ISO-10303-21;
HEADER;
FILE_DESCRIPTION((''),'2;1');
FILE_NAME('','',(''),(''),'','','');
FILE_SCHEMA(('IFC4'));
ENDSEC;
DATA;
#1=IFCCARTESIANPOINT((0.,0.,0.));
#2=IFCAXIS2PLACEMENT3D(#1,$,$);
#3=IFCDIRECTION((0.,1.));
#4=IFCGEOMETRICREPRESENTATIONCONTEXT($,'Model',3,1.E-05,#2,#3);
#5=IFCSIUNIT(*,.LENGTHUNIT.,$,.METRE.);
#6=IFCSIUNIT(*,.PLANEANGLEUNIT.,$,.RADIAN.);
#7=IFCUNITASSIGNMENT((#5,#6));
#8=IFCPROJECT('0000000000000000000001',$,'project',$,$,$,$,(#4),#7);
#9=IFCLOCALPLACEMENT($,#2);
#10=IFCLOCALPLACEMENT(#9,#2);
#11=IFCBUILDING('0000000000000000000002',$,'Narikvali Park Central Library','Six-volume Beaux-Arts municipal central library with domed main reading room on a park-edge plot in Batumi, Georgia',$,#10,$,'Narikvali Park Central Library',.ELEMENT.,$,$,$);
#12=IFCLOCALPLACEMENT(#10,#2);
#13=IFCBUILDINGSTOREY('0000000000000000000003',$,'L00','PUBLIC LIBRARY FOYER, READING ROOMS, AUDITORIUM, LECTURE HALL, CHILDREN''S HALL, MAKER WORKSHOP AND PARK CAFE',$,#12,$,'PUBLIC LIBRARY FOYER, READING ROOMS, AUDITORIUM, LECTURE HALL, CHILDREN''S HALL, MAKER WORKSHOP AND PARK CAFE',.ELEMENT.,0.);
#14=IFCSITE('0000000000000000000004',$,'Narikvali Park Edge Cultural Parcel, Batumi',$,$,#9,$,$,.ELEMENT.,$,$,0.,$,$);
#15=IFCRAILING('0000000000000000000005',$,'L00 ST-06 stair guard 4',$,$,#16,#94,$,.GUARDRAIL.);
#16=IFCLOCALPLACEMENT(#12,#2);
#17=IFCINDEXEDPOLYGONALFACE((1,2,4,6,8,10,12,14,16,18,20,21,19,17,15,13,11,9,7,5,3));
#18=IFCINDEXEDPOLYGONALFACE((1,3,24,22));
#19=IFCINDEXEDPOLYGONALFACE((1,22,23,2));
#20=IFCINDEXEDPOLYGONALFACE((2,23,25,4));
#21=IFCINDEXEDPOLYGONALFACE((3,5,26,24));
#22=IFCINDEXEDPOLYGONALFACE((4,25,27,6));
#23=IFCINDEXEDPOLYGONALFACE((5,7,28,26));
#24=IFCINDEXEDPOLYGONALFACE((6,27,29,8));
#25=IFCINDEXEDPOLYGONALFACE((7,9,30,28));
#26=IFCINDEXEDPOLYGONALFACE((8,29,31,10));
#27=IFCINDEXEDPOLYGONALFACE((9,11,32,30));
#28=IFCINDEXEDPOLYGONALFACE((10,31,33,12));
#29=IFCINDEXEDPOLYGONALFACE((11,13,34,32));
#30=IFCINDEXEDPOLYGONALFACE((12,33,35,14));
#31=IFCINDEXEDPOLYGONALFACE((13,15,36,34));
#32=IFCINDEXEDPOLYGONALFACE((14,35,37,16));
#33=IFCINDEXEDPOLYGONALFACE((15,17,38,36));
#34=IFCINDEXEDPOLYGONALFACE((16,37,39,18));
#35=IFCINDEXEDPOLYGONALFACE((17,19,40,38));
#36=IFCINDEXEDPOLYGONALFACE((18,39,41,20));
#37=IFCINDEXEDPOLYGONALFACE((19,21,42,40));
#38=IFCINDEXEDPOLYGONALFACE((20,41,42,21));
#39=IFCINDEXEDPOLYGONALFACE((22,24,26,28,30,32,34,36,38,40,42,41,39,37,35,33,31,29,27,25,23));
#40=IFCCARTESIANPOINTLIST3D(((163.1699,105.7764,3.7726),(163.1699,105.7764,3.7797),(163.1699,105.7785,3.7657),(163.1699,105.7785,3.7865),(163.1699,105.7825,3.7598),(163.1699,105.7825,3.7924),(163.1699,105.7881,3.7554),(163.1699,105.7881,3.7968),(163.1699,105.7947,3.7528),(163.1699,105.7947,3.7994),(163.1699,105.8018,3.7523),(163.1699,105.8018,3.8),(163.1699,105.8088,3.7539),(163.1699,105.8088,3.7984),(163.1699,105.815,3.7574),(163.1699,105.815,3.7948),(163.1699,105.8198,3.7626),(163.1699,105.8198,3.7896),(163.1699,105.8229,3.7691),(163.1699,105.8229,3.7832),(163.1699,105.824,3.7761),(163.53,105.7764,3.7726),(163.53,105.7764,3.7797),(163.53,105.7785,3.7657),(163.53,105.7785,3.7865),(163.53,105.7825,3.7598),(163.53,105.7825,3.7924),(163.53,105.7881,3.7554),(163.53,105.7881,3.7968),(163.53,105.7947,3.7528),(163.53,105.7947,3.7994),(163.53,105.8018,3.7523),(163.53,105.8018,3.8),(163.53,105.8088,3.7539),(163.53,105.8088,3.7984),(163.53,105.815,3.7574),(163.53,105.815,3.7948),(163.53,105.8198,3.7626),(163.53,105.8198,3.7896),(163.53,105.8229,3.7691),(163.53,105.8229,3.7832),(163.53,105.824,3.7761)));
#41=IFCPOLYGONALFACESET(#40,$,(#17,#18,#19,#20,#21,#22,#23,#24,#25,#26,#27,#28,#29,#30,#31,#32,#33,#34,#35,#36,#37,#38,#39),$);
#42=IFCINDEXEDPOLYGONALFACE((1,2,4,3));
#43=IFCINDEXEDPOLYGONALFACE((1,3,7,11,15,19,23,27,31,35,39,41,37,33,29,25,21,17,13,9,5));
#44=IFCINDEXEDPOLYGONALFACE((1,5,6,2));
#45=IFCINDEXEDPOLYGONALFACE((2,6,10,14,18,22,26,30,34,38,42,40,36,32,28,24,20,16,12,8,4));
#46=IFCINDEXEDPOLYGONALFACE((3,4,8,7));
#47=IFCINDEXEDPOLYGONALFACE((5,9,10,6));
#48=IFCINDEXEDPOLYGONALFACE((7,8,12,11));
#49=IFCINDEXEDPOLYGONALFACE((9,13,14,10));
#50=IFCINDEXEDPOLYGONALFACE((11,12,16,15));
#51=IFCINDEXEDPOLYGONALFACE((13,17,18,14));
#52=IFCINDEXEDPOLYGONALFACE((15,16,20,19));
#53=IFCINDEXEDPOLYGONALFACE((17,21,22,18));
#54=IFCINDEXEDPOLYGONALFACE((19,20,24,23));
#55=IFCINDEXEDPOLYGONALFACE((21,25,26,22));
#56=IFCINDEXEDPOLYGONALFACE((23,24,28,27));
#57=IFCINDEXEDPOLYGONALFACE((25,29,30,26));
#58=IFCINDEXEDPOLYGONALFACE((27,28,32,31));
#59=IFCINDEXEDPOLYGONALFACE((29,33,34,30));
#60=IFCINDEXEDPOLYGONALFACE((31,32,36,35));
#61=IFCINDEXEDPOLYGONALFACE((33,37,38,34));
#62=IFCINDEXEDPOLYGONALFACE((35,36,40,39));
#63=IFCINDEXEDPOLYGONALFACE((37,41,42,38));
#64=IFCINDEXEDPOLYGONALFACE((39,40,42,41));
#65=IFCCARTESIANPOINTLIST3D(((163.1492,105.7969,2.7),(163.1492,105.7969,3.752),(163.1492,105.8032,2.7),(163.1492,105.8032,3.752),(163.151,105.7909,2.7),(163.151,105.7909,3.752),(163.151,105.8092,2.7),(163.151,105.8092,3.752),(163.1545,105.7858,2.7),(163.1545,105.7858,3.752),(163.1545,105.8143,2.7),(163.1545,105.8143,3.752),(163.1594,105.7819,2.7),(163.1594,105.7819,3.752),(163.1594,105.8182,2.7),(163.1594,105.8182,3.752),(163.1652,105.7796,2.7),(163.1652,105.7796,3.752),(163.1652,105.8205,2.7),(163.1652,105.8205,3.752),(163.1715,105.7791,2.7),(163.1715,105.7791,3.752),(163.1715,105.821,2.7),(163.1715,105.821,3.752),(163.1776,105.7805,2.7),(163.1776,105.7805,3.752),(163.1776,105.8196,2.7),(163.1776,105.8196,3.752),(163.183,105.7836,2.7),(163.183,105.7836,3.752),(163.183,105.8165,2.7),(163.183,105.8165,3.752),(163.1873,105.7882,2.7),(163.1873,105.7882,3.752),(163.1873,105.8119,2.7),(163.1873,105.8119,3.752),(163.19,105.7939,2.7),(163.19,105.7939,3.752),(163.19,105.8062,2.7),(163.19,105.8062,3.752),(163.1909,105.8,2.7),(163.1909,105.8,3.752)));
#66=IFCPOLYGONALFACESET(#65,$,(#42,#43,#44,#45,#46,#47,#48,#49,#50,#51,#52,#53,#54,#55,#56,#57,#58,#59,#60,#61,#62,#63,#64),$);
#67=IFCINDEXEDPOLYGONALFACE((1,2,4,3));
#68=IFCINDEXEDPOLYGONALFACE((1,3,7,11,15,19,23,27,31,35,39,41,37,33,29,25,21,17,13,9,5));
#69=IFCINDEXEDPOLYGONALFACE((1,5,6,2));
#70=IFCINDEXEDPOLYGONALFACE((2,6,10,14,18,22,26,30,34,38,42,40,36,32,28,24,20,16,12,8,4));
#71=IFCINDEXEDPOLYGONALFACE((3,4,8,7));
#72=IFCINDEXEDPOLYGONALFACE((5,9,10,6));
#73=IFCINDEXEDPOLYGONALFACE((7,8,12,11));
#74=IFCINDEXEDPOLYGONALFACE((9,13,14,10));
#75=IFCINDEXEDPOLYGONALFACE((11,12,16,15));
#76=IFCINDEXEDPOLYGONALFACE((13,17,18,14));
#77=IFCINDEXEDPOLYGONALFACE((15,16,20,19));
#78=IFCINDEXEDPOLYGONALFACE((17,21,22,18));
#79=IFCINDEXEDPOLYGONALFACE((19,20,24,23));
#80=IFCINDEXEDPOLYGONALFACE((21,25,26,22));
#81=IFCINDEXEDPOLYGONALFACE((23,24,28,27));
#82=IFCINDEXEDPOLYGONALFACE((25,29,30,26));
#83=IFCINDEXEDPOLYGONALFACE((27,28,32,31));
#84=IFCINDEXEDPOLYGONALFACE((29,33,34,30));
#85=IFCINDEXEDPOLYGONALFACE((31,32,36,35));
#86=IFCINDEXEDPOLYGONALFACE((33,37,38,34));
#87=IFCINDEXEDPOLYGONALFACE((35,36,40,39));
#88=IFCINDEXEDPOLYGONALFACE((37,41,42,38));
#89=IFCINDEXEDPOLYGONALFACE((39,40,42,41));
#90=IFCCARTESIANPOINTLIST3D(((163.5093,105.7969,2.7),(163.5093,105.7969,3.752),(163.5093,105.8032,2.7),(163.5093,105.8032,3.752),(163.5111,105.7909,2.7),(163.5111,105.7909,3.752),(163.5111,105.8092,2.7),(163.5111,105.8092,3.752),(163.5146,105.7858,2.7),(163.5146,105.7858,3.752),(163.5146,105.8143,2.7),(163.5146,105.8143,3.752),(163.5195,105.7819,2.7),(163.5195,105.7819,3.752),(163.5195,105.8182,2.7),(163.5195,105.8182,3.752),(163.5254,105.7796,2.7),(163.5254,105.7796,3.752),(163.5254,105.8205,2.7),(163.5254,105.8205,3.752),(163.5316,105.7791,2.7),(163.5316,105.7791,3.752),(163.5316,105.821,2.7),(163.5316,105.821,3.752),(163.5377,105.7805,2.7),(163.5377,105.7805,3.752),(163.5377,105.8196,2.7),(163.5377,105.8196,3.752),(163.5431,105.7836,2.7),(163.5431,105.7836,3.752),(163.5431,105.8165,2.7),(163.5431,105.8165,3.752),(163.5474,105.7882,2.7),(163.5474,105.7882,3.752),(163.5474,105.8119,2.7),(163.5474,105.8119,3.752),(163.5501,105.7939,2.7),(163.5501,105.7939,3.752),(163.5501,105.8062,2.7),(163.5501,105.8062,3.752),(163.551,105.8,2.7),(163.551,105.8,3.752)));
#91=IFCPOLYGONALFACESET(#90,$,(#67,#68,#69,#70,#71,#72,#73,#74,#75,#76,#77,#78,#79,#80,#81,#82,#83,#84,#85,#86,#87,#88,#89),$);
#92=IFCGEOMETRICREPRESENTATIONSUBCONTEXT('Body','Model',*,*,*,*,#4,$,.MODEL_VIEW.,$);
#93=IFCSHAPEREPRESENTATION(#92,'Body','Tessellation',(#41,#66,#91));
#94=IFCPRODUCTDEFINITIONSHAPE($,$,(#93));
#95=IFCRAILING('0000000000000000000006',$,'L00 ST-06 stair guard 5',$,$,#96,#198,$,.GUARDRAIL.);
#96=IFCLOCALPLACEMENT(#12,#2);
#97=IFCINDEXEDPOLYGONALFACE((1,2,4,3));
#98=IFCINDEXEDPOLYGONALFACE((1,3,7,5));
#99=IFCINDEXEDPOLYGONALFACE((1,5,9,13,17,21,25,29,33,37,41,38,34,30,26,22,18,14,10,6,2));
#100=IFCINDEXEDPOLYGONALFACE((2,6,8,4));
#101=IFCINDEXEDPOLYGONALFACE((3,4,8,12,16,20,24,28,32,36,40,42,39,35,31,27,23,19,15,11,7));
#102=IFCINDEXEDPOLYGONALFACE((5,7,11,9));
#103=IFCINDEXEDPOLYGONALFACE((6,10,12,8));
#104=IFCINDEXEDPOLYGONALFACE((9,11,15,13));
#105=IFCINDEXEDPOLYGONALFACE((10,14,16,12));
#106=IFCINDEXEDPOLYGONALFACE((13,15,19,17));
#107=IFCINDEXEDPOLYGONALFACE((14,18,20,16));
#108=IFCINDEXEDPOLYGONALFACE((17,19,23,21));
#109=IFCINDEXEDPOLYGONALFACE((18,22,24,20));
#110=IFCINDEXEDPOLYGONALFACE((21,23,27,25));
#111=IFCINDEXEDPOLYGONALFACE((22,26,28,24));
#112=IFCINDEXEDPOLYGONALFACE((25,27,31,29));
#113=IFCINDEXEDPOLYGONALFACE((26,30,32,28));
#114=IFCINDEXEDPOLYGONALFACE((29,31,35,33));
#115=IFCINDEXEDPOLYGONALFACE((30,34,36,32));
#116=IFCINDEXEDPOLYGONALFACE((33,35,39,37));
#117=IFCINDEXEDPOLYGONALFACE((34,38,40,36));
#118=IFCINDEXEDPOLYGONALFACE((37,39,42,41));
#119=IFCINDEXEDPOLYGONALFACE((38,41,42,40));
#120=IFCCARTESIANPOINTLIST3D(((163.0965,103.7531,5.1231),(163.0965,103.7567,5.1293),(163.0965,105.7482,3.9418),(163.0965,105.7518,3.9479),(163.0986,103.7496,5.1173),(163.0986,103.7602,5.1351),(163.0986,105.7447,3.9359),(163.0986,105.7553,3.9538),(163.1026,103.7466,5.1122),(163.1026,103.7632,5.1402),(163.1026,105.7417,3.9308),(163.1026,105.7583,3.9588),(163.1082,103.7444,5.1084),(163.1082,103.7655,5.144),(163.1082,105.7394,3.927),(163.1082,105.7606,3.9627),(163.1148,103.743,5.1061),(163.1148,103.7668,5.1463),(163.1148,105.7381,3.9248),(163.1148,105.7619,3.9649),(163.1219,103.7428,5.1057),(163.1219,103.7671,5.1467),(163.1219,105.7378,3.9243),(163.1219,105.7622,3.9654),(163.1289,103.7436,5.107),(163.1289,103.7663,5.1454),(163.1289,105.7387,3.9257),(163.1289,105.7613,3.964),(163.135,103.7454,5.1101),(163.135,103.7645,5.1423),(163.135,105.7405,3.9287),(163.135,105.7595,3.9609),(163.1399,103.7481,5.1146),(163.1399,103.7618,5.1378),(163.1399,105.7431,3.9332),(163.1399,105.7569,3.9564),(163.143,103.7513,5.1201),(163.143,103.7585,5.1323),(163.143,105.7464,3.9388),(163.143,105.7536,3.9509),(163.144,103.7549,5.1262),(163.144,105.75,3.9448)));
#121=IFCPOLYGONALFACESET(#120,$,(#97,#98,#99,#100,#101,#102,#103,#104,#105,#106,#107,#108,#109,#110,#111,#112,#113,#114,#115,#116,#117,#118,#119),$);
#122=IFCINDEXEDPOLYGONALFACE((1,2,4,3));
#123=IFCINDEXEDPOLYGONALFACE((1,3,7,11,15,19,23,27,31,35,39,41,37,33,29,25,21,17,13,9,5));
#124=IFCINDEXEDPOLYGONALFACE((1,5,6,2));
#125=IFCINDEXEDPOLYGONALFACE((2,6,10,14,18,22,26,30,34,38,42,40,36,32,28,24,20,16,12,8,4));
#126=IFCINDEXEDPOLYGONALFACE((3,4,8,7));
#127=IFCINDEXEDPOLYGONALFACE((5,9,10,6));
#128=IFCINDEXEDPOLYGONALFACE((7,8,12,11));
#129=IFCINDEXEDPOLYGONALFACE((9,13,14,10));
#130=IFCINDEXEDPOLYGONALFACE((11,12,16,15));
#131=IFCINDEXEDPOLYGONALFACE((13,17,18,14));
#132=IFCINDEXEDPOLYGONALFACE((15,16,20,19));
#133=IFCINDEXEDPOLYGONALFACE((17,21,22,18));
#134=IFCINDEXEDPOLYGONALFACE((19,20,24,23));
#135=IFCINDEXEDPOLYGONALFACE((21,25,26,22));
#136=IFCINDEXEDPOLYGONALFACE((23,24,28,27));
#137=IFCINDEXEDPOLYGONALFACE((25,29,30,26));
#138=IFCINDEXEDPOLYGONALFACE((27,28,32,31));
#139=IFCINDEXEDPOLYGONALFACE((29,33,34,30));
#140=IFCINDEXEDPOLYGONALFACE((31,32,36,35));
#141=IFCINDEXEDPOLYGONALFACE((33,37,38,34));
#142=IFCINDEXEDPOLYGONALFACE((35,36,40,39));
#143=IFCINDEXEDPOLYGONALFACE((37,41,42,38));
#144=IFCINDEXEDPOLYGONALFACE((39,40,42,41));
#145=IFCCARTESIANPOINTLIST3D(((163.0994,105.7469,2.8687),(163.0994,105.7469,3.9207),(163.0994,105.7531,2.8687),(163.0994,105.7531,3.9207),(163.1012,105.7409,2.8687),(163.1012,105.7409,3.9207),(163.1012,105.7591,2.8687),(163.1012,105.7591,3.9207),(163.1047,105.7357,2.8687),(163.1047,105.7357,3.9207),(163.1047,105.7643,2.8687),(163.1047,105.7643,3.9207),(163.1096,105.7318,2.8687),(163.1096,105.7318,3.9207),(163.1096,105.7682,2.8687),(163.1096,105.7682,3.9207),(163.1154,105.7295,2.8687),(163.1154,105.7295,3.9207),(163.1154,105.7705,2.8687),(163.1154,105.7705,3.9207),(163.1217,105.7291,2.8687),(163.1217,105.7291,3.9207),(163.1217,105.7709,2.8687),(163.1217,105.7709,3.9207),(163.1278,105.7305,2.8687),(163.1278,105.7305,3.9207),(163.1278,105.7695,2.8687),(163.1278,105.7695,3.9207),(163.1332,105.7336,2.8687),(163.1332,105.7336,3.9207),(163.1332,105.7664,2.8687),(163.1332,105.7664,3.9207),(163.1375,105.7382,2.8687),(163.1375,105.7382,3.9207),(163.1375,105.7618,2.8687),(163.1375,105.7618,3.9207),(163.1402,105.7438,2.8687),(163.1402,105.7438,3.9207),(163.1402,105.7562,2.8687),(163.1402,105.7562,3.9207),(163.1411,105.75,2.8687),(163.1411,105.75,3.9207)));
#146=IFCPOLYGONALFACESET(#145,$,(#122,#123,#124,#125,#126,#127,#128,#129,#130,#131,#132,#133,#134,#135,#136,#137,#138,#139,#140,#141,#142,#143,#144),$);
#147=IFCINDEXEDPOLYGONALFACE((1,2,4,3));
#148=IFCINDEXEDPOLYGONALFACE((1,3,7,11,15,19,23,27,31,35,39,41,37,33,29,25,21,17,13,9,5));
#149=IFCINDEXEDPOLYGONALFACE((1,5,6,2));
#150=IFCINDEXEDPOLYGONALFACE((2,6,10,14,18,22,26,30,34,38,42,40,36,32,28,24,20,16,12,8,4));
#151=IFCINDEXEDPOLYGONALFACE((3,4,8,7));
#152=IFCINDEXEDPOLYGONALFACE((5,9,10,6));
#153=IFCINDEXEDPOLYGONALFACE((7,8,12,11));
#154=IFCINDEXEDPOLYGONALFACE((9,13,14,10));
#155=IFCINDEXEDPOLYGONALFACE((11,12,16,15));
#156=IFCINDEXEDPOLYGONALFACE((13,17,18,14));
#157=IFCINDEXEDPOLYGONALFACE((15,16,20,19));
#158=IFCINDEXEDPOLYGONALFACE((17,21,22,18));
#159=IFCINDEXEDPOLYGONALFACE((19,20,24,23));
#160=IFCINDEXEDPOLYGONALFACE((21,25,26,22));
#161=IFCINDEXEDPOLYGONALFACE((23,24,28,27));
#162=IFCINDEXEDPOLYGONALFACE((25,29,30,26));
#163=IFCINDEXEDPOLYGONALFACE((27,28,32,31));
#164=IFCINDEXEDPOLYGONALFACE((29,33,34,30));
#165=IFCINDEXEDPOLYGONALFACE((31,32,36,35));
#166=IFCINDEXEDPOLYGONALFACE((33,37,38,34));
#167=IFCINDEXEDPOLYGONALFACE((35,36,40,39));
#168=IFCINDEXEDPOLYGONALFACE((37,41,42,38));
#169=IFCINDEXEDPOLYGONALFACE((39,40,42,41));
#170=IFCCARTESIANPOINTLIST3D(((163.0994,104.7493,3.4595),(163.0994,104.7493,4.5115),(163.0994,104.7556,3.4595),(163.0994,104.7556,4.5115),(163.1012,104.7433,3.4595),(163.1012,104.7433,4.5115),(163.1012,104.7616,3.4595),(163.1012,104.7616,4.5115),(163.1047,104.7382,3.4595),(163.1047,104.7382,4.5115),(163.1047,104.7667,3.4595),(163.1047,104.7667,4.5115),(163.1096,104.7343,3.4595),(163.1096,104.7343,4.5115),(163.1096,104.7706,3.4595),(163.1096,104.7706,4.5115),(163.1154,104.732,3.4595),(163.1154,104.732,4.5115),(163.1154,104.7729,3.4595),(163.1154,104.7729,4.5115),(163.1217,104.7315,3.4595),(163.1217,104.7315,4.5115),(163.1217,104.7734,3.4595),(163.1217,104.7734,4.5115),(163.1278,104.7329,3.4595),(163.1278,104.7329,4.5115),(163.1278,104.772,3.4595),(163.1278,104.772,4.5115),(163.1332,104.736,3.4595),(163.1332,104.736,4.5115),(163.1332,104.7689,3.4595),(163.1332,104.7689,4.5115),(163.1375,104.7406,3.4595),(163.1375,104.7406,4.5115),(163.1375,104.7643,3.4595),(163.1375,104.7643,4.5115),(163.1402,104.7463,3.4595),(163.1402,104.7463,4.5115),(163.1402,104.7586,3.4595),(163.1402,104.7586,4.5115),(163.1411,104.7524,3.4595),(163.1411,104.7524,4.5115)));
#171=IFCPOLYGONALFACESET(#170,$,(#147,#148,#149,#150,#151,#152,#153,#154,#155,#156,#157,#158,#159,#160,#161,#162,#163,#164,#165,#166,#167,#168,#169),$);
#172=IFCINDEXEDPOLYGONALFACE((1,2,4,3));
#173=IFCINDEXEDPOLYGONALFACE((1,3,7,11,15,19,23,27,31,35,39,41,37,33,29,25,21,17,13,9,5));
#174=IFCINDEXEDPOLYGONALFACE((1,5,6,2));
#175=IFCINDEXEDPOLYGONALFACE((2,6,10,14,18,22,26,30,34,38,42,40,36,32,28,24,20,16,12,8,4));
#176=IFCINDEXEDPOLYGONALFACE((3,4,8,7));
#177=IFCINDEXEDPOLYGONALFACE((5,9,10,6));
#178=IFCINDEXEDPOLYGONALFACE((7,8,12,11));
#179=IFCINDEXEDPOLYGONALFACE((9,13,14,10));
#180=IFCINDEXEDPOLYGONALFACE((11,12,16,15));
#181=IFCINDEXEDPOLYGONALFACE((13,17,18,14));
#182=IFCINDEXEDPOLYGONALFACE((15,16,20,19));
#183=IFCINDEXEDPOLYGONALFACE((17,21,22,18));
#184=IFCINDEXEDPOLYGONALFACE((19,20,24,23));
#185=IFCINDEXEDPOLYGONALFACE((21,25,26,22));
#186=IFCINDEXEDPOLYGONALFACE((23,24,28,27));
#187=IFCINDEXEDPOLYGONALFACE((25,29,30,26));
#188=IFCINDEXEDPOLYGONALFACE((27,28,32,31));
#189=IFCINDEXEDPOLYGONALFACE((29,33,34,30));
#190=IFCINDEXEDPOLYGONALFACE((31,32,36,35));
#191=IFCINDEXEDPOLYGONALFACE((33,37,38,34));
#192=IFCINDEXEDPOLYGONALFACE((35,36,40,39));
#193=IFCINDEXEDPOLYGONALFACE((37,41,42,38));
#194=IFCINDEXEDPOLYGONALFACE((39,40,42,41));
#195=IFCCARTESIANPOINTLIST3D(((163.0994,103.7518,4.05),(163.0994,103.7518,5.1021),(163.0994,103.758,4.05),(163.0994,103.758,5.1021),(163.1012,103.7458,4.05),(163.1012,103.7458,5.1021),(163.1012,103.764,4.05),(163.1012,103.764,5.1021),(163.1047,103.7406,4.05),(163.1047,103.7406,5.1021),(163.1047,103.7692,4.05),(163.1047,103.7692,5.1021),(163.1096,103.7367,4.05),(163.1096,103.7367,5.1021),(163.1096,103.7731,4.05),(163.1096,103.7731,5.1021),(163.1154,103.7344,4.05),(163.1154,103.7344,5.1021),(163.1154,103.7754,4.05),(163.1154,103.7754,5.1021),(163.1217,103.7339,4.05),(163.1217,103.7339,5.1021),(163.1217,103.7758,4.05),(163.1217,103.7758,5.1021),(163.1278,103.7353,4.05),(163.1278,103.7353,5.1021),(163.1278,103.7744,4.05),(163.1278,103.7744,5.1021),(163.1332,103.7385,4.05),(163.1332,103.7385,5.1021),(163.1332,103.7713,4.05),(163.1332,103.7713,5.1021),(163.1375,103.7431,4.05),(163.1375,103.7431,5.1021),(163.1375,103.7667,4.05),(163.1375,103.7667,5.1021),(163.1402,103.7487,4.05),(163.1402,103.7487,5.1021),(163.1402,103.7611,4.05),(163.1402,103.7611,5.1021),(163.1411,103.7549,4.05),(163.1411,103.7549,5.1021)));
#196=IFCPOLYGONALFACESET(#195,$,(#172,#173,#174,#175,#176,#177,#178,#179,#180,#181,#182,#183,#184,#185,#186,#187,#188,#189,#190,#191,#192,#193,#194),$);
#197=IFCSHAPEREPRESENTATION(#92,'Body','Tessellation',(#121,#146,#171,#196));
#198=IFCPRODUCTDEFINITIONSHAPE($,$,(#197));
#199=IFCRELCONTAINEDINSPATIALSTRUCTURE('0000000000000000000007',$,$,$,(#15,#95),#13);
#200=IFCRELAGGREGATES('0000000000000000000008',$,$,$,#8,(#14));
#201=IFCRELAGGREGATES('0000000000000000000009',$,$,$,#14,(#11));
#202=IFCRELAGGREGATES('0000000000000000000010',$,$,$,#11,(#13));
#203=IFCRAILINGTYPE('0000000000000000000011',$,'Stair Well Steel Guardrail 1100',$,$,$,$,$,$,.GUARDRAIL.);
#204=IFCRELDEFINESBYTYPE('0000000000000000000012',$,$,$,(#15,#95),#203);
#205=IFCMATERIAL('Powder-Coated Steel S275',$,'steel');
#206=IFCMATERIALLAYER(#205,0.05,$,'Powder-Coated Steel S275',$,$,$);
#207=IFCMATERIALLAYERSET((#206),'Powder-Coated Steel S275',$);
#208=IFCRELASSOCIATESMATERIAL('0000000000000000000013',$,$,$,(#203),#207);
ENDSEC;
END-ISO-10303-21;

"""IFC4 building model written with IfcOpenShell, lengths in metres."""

from ifc_helpers import new_model, si_unit, direction, frame, origin, origin_2d, place, context, subcontext, project, spatial, circle, extrude, material, layer, layer_set, type_object, element, save


model = new_model("IFC4")

# Units and contexts
model_context = context("Model", 3, precision=1e-05, world=origin(), true_north=direction((0.0, 1.0)))
body_context = subcontext(model_context, "Body", "Model", "MODEL_VIEW")
ifc_project = project(units=[si_unit("LENGTHUNIT", "METRE"), si_unit("PLANEANGLEUNIT", "RADIAN")], contexts=[model_context])

# Site, building, storey
site_placement = place(None, origin())
site = spatial("IfcSite", under=ifc_project, at=site_placement, Name="Narikvali Park Edge Cultural Parcel, Batumi", CompositionType="ELEMENT", RefElevation=0.0)
building_placement = place(site_placement, origin())
building = spatial("IfcBuilding", under=site, at=building_placement, Name="Narikvali Park Central Library", Description="Six-volume Beaux-Arts municipal central library with domed main reading room on a park-edge plot in Batumi, Georgia", LongName="Narikvali Park Central Library", CompositionType="ELEMENT")
storey_placement = place(building_placement, origin())
storey = spatial("IfcBuildingStorey", under=building, at=storey_placement, Name="L00", Description="PUBLIC LIBRARY FOYER, READING ROOMS, AUDITORIUM, LECTURE HALL, CHILDREN'S HALL, MAKER WORKSHOP AND PARK CAFE", LongName="PUBLIC LIBRARY FOYER, READING ROOMS, AUDITORIUM, LECTURE HALL, CHILDREN'S HALL, MAKER WORKSHOP AND PARK CAFE", CompositionType="ELEMENT", Elevation=0.0)

# Railings
ifc_material_1 = material(Name="Powder-Coated Steel S275", Category="steel")
ifc_layer_1 = layer(ifc_material_1, 0.05, Name="Powder-Coated Steel S275")
ifc_layer_set_1 = layer_set([ifc_layer_1], Name="Powder-Coated Steel S275")
railing_type = type_object("IfcRailingType", Name="Stair Well Steel Guardrail 1100", PredefinedType="GUARDRAIL", material=ifc_layer_set_1)
railing_1_placement = place(storey_placement, frame((163.1699, 105.8, 2.7)))
element("IfcRailing", 1, at=railing_1_placement, inside=storey, type_object=railing_type, Name="L00 ST-06 stair guard 4", PredefinedType="GUARDRAIL", context=body_context, shape_type="SweptSolid", body=[
    extrude(circle(Radius=0.0239, at=origin_2d()), frame((0.0, 0.0, 1.0762), z_axis=(1.0, 0.0, 0.0), x_axis=(0.0, 1.0, 0.0)), (0.0, 0.0, 1.0), 0.3601),
    extrude(circle(Radius=0.021, at=origin_2d()), origin(), (0.0, 0.0, 1.0), 1.052),
    extrude(circle(Radius=0.021, at=origin_2d()), frame((0.3601, 0.0, 0.0)), (0.0, 0.0, 1.0), 1.052),
])
railing_2_placement = place(storey_placement, frame((163.1201, 105.75, 2.8687)))
element("IfcRailing", 2, at=railing_2_placement, inside=storey, type_object=railing_type, Name="L00 ST-06 stair guard 5", PredefinedType="GUARDRAIL", context=body_context, shape_type="SweptSolid", body=[
    extrude(circle(Radius=0.0239, at=origin_2d()), frame((0.0, 0.0, 1.0762), z_axis=(0.0, -0.860461, 0.509517), x_axis=(1.0, 0.0, 0.0)), (0.0, 0.0, 1.0), 2.3186),
    extrude(circle(Radius=0.021, at=origin_2d()), origin(), (0.0, 0.0, 1.0), 1.052),
    extrude(circle(Radius=0.021, at=origin_2d()), frame((0.0, -0.9976, 0.5908)), (0.0, 0.0, 1.0), 1.052),
    extrude(circle(Radius=0.021, at=origin_2d()), frame((0.0, -1.9951, 1.1814)), (0.0, 0.0, 1.0), 1.052),
])

save(model, "model.ifc")
